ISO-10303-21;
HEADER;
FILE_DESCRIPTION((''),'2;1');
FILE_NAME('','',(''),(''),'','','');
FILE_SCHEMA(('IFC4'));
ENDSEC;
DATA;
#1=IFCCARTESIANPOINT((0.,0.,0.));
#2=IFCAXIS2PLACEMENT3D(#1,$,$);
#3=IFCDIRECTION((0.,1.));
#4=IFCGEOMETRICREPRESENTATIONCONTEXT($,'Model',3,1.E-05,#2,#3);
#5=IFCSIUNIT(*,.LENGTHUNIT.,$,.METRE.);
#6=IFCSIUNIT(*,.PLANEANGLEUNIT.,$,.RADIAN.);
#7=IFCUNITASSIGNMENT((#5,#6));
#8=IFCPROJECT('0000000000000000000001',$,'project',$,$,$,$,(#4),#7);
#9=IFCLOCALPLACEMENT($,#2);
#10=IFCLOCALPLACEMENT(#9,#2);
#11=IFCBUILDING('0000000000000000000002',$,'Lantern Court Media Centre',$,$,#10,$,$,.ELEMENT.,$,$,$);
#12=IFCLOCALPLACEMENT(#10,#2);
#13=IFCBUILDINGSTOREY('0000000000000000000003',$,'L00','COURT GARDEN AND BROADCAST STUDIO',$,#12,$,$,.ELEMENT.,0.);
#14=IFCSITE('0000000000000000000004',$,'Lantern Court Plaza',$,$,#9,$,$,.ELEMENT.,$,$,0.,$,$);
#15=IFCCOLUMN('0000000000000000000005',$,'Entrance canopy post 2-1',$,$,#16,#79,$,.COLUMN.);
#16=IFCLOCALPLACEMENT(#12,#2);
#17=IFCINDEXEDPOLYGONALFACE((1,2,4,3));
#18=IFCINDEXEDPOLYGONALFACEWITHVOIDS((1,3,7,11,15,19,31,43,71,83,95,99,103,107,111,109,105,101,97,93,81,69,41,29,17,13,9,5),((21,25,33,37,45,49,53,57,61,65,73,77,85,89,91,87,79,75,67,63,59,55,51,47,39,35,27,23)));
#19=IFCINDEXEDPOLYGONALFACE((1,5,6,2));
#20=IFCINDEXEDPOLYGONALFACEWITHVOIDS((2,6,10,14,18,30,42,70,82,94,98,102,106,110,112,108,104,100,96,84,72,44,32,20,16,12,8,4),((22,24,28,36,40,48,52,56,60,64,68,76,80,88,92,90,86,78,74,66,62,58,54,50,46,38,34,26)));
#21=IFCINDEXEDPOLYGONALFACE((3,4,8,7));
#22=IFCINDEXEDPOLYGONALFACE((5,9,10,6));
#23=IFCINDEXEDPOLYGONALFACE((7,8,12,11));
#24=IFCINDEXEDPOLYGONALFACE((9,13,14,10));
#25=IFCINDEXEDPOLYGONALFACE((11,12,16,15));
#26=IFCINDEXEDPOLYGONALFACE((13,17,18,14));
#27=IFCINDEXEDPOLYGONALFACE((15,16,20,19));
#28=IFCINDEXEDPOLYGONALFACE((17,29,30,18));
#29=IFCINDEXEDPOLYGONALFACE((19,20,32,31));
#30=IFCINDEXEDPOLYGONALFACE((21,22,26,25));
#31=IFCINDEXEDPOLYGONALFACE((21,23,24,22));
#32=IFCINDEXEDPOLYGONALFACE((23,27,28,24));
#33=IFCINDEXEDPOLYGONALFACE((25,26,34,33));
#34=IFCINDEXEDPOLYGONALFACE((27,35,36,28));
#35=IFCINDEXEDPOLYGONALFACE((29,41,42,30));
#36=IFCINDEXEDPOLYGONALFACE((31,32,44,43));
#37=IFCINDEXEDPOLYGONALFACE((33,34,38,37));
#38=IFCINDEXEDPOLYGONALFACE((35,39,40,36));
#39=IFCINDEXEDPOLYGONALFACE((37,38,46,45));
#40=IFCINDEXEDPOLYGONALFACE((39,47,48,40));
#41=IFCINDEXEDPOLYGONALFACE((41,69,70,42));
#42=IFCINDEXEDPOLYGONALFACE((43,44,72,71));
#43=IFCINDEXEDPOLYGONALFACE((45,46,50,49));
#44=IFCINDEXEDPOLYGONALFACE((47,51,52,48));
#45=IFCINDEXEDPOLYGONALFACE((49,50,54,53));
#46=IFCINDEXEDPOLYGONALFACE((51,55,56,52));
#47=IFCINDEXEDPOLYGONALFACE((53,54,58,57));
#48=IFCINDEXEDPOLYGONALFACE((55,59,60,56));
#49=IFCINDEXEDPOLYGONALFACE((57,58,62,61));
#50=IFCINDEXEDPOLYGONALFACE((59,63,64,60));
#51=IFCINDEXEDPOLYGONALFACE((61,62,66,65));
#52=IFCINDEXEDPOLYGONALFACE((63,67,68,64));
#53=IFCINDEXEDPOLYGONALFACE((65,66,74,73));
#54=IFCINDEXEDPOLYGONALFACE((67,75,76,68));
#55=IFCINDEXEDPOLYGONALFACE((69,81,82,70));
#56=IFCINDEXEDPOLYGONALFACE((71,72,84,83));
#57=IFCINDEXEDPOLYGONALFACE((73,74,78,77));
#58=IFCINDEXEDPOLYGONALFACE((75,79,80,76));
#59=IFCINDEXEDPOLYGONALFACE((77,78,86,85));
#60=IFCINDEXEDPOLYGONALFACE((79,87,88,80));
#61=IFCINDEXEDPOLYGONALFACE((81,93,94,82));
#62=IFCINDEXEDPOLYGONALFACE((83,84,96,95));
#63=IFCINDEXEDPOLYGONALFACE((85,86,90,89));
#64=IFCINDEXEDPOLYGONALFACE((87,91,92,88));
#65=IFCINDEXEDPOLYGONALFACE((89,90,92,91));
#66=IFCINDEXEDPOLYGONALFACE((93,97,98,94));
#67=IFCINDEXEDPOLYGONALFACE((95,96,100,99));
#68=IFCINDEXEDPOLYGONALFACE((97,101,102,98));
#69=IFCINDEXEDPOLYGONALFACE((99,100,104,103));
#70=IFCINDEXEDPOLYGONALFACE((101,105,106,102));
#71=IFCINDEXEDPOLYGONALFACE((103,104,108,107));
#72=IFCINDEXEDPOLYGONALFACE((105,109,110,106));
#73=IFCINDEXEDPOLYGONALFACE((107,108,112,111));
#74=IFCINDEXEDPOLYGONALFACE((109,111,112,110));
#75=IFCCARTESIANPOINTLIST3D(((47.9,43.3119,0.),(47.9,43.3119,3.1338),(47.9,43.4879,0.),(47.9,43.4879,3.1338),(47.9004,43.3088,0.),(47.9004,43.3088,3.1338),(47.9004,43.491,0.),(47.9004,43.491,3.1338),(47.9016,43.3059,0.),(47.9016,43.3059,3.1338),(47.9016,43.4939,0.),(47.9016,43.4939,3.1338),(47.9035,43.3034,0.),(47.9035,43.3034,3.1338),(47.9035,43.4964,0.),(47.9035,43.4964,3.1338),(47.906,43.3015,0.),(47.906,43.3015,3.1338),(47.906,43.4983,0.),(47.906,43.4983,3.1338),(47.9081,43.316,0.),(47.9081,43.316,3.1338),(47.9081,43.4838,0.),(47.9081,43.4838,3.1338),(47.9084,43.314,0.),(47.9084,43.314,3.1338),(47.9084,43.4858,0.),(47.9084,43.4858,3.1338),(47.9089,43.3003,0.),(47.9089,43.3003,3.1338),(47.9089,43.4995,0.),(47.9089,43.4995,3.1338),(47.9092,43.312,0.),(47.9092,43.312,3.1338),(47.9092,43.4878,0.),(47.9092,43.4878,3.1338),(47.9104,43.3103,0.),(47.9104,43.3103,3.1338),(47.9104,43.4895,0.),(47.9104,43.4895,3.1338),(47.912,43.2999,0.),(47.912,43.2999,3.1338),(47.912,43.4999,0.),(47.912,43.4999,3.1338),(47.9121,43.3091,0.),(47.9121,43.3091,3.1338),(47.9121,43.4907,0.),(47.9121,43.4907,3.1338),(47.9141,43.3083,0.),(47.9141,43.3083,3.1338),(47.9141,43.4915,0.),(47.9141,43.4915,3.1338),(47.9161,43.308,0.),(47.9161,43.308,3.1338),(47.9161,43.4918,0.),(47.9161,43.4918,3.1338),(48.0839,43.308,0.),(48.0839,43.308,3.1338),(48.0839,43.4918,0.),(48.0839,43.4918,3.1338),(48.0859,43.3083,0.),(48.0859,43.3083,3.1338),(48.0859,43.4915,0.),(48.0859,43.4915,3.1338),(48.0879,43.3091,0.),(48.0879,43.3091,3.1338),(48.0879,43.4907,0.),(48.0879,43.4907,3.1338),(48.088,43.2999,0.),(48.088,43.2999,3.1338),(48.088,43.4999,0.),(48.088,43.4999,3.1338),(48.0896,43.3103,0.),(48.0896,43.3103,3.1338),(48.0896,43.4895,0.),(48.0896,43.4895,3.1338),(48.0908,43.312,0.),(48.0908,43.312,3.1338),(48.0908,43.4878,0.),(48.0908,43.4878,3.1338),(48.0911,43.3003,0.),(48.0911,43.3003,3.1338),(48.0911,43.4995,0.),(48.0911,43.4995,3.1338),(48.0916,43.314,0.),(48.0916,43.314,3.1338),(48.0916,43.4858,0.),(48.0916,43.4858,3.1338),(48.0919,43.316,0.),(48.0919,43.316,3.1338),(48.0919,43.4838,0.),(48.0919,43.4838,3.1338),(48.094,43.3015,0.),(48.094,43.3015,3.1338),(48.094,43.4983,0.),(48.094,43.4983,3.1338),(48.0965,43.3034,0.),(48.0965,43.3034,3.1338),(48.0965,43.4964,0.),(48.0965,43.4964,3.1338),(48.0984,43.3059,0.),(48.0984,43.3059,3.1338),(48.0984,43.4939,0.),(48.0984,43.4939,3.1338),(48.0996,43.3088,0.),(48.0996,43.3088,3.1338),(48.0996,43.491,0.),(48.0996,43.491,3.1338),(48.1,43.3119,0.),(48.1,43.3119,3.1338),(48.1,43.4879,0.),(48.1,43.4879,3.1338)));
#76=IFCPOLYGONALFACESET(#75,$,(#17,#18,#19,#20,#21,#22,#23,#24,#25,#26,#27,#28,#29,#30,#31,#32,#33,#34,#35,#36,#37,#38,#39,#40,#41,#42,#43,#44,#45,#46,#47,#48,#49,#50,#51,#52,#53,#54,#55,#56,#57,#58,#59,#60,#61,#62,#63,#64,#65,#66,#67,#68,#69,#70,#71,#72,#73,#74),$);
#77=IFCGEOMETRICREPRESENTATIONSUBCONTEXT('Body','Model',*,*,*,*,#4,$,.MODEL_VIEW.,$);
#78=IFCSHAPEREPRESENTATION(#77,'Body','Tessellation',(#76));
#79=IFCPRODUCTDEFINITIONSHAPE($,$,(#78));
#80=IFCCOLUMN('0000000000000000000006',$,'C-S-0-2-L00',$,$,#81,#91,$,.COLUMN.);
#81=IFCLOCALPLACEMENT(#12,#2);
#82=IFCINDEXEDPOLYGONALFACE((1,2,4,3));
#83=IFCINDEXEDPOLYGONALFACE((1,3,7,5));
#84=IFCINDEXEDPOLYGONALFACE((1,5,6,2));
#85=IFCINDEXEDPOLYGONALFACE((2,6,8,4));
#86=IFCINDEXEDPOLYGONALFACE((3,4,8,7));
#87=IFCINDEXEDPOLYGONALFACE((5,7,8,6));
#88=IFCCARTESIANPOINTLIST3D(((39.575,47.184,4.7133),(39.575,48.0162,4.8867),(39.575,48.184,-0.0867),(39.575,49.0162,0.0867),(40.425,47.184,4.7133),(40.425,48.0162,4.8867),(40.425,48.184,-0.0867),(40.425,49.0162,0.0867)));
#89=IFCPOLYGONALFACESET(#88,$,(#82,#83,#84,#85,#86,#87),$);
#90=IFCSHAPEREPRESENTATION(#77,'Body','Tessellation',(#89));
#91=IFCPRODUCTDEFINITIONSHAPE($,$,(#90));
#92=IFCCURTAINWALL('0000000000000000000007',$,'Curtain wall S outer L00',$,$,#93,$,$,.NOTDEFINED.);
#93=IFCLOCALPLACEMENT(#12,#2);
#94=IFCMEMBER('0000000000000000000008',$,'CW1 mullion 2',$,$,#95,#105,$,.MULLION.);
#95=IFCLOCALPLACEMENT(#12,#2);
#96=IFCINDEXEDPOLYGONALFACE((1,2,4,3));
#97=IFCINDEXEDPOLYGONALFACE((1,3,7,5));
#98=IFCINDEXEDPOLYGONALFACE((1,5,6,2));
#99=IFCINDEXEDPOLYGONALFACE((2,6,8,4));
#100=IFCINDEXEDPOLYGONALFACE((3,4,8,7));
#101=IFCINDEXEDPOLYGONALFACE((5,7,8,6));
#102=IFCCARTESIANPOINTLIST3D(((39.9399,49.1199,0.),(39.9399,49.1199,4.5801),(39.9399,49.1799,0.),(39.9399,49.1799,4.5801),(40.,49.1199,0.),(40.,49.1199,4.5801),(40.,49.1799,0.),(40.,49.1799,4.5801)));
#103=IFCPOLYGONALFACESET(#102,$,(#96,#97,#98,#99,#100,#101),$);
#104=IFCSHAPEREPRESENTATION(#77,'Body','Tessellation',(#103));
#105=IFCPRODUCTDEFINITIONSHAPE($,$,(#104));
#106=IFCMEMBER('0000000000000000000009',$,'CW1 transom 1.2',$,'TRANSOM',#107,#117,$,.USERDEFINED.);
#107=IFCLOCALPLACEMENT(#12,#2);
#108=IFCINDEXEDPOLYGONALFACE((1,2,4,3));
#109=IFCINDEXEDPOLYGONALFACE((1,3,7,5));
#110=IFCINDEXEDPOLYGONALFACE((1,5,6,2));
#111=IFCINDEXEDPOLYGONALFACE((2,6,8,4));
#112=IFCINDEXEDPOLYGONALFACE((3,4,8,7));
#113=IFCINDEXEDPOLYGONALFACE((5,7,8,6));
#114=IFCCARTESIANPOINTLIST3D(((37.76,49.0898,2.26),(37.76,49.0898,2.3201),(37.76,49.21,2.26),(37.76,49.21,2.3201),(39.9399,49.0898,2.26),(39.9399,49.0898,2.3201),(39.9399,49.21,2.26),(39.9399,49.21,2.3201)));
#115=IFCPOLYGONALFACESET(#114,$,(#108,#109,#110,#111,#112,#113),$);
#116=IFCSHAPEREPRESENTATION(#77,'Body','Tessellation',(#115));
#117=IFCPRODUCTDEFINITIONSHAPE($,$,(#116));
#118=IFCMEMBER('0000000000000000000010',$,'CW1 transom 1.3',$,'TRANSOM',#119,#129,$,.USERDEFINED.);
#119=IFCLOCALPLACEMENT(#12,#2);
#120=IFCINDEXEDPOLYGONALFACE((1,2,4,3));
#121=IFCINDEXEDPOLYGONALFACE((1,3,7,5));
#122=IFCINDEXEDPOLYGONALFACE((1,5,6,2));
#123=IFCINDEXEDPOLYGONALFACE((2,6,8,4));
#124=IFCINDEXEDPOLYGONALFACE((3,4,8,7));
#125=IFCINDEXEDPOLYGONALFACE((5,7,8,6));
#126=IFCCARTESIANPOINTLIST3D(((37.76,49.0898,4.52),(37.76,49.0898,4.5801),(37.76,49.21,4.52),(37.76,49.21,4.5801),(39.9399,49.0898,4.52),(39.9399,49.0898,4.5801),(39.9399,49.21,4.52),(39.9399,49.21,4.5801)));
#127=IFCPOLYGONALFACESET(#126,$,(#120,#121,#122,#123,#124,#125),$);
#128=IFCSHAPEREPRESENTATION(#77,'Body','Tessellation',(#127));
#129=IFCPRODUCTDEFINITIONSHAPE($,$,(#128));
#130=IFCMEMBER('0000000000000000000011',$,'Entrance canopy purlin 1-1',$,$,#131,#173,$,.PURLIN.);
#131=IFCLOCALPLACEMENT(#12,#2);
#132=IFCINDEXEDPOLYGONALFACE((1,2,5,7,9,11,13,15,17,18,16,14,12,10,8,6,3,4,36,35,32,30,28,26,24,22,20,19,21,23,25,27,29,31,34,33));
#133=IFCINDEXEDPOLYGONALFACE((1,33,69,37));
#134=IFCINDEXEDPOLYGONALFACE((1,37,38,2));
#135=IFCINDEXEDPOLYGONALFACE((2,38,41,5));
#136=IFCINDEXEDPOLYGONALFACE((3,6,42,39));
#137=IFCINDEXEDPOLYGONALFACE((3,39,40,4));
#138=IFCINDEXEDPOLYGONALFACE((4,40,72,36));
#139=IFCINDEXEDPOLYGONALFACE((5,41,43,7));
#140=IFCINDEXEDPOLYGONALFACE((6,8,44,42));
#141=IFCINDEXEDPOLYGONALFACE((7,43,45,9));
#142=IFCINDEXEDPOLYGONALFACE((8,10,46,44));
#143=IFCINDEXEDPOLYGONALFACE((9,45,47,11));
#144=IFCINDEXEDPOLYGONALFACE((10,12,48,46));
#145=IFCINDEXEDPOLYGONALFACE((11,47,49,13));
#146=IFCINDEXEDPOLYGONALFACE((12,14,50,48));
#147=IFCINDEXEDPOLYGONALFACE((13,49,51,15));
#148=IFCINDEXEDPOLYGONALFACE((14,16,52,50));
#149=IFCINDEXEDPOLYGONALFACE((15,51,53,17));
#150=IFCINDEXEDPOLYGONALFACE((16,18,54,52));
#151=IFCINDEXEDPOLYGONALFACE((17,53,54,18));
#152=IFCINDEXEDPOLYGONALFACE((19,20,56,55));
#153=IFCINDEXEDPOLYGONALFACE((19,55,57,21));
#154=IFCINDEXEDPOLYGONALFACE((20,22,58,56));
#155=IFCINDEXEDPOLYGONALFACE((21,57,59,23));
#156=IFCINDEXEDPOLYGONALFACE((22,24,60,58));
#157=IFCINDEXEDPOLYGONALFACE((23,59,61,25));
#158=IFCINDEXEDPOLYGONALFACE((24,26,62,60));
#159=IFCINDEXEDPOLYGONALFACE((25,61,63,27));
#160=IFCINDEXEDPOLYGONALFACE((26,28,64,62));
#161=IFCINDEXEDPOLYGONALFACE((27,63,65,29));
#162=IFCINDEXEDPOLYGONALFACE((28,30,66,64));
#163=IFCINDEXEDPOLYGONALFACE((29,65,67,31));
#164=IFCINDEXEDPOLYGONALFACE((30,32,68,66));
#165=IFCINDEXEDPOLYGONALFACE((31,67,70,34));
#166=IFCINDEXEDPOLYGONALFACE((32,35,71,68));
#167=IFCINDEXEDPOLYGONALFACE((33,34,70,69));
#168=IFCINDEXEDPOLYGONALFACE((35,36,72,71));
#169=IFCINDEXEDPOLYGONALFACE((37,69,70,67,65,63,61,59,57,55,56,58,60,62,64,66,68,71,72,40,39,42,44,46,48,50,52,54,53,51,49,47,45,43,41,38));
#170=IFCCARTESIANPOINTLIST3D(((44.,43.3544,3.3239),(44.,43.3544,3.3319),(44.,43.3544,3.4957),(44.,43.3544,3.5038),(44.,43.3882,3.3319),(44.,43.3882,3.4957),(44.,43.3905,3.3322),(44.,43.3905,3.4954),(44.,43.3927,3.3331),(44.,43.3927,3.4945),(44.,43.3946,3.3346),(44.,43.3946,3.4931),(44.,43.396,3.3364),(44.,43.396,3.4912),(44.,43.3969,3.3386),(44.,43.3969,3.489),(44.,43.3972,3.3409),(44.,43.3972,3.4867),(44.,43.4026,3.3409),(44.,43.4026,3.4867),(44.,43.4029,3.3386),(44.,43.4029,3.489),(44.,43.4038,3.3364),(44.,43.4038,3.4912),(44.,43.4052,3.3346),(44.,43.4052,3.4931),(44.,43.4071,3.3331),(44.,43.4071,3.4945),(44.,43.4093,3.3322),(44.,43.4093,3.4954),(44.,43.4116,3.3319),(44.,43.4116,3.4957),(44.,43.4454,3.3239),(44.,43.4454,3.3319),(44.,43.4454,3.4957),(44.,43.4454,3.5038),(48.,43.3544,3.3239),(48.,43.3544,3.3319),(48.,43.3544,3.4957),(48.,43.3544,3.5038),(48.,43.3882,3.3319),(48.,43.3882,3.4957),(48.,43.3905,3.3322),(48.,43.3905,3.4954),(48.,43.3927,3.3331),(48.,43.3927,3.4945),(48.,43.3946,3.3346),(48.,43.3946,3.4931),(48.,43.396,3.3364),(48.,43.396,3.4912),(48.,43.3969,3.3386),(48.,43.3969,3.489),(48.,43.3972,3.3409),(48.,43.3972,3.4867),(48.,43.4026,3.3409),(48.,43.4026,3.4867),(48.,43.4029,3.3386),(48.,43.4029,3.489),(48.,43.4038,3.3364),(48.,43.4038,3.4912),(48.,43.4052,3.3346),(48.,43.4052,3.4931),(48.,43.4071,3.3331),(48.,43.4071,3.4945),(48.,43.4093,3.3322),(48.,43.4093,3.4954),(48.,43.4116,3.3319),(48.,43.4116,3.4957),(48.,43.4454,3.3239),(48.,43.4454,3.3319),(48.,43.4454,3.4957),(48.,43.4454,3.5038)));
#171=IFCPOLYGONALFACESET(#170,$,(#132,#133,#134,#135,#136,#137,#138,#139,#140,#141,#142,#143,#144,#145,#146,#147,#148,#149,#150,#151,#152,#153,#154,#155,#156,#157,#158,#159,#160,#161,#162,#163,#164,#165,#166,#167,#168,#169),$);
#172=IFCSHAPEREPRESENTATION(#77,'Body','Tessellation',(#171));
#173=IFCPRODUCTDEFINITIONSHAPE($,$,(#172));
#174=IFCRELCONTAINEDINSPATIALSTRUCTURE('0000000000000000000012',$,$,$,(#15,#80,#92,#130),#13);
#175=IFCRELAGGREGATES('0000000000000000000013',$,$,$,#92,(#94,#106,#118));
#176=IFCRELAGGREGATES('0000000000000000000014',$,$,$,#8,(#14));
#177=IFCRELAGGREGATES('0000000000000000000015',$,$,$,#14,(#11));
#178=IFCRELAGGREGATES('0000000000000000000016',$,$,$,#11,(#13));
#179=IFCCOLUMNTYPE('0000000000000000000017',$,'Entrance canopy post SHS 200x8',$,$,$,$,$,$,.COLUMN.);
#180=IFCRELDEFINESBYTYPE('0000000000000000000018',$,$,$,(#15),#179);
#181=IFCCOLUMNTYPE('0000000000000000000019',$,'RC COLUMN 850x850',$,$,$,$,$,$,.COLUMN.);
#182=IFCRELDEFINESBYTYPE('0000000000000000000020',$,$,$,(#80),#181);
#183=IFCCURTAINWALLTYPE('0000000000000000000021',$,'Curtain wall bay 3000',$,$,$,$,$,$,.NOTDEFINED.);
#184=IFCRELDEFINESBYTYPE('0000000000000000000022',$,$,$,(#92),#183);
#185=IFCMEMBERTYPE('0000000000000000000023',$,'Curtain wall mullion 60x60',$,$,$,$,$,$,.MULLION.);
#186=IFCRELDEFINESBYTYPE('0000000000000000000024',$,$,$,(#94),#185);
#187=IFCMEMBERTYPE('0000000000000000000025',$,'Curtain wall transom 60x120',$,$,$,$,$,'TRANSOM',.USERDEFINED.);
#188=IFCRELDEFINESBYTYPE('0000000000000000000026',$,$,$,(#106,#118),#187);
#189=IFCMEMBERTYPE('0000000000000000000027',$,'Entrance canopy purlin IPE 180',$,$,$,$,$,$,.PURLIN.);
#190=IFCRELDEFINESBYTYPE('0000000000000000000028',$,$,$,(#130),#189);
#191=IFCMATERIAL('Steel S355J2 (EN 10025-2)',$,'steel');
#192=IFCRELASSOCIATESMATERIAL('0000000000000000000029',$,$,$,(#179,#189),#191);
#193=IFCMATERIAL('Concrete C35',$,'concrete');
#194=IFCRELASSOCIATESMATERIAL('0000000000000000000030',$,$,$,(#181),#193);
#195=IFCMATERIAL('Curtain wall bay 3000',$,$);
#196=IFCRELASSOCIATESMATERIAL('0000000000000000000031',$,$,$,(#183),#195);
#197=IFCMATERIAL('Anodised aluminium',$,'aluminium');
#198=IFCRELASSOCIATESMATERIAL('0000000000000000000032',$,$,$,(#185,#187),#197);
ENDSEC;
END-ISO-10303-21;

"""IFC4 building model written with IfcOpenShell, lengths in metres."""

from ifc_helpers import new_model, si_unit, direction, frame, origin, origin_2d, place, context, subcontext, project, spatial, rectangle, hollow_rectangle, i_section, extrude, material, material_profile, profile_set, type_object, element, aggregate, save


model = new_model("IFC4")

# Units and contexts
model_context = context("Model", 3, precision=1e-05, world=origin(), true_north=direction((0.0, 1.0)))
body_context = subcontext(model_context, "Body", "Model", "MODEL_VIEW")
ifc_project = project(units=[si_unit("LENGTHUNIT", "METRE"), si_unit("PLANEANGLEUNIT", "RADIAN")], contexts=[model_context])

# Site, building, storey
site_placement = place(None, origin())
site = spatial("IfcSite", under=ifc_project, at=site_placement, Name="Lantern Court Plaza", CompositionType="ELEMENT", RefElevation=0.0)
building_placement = place(site_placement, origin())
building = spatial("IfcBuilding", under=site, at=building_placement, Name="Lantern Court Media Centre", CompositionType="ELEMENT")
storey_placement = place(building_placement, origin())
storey = spatial("IfcBuildingStorey", under=building, at=storey_placement, Name="L00", Description="COURT GARDEN AND BROADCAST STUDIO", CompositionType="ELEMENT", Elevation=0.0)

# Columns
ifc_material_1 = material(Name="Steel S355J2 (EN 10025-2)", Category="steel")
ifc_material_profile_1 = material_profile(ifc_material_1, hollow_rectangle(XDim=0.2, YDim=0.2, WallThickness=0.0081, InnerFilletRadius=0.0081, OuterFilletRadius=0.012, at=origin_2d()), Name="Entrance canopy post SHS 200x8")
ifc_profile_set_1 = profile_set([ifc_material_profile_1], Name="Steel S355J2 (EN 10025-2)")
column_type_1 = type_object("IfcColumnType", Name="Entrance canopy post SHS 200x8", PredefinedType="COLUMN", material=ifc_profile_set_1)
column_1_placement = place(storey_placement, frame((48.0, 43.3999, 0.0), z_axis=(0.0, 0.0, 1.0), x_axis=(1.0, 0.0, 0.0)))
element("IfcColumn", 1, at=column_1_placement, inside=storey, type_object=column_type_1, Name="Entrance canopy post 2-1", PredefinedType="COLUMN", context=body_context, shape_type="SweptSolid", body=[
    extrude(hollow_rectangle(XDim=0.2, YDim=0.2, WallThickness=0.0081, InnerFilletRadius=0.0081, OuterFilletRadius=0.012, at=origin_2d()), origin(), (0.0, 0.0, 1.0), 3.1338),
])
ifc_material_2 = material(Name="Concrete C35", Category="concrete")
ifc_material_profile_2 = material_profile(ifc_material_2, rectangle(XDim=0.8501, YDim=0.8501, at=origin_2d()), Name="RC 850x850")
ifc_profile_set_2 = profile_set([ifc_material_profile_2], Name="Concrete C35")
column_type_2 = type_object("IfcColumnType", Name="RC COLUMN 850x850", PredefinedType="COLUMN", material=ifc_profile_set_2)
column_2_placement = place(storey_placement, frame((40.0, 48.6001, 0.0), z_axis=(0.0, -0.203952, 0.978981), x_axis=(1.0, 0.0, 0.0)))
element("IfcColumn", 2, at=column_2_placement, inside=storey, type_object=column_type_2, Name="C-S-0-2-L00", PredefinedType="COLUMN", context=body_context, shape_type="SweptSolid", body=[
    extrude(rectangle(XDim=0.8501, YDim=0.8501, at=origin_2d()), origin(), (0.0, 0.0, 1.0), 4.9031),
])

# Curtain wall, members
ifc_material_3 = material(Name="Curtain wall bay 3000")
curtain_wall_type = type_object("IfcCurtainWallType", Name="Curtain wall bay 3000", PredefinedType="NOTDEFINED", material=ifc_material_3)
curtain_wall_placement = place(storey_placement, origin())
curtain_wall = element("IfcCurtainWall", 3, at=curtain_wall_placement, inside=storey, type_object=curtain_wall_type, Name="Curtain wall S outer L00", PredefinedType="NOTDEFINED")
ifc_material_4 = material(Name="Anodised aluminium", Category="aluminium")
ifc_material_profile_3 = material_profile(ifc_material_4, rectangle(XDim=0.0601, YDim=0.0601, at=origin_2d()), Name="AL 60x60")
ifc_profile_set_3 = profile_set([ifc_material_profile_3], Name="Anodised aluminium")
member_type_1 = type_object("IfcMemberType", Name="Curtain wall mullion 60x60", PredefinedType="MULLION", material=ifc_profile_set_3)
member_1_placement = place(storey_placement, frame((39.97, 49.1499, 0.0), z_axis=(0.0, 0.0, 1.0), x_axis=(0.0, 1.0, 0.0)))
member_1 = element("IfcMember", 4, at=member_1_placement, type_object=member_type_1, Name="CW1 mullion 2", PredefinedType="MULLION", context=body_context, shape_type="SweptSolid", body=[
    extrude(rectangle(XDim=0.0601, YDim=0.0601, at=origin_2d()), origin(), (0.0, 0.0, 1.0), 4.5801),
])
ifc_material_profile_4 = material_profile(ifc_material_4, rectangle(XDim=0.1201, YDim=0.0601, at=origin_2d()), Name="AL 60x120")
ifc_profile_set_4 = profile_set([ifc_material_profile_4], Name="Anodised aluminium")
member_type_2 = type_object("IfcMemberType", Name="Curtain wall transom 60x120", ElementType="TRANSOM", PredefinedType="USERDEFINED", material=ifc_profile_set_4)
member_2_placement = place(storey_placement, frame((37.76, 49.1499, 2.29), z_axis=(1.0, 0.0, 0.0), x_axis=(0.0, 1.0, 0.0)))
member_2 = element("IfcMember", 5, at=member_2_placement, type_object=member_type_2, Name="CW1 transom 1.2", ObjectType="TRANSOM", PredefinedType="USERDEFINED", context=body_context, shape_type="SweptSolid", body=[
    extrude(rectangle(XDim=0.1201, YDim=0.0601, at=origin_2d()), origin(), (0.0, 0.0, 1.0), 2.1799),
])
member_3_placement = place(storey_placement, frame((37.76, 49.1499, 4.55), z_axis=(1.0, 0.0, 0.0), x_axis=(0.0, 1.0, 0.0)))
member_3 = element("IfcMember", 6, at=member_3_placement, type_object=member_type_2, Name="CW1 transom 1.3", ObjectType="TRANSOM", PredefinedType="USERDEFINED", context=body_context, shape_type="SweptSolid", body=[
    extrude(rectangle(XDim=0.1201, YDim=0.0601, at=origin_2d()), origin(), (0.0, 0.0, 1.0), 2.1799),
])

# Member
ifc_material_profile_5 = material_profile(ifc_material_1, i_section(OverallWidth=0.0911, OverallDepth=0.1799, WebThickness=0.0054, FlangeThickness=0.0081, FilletRadius=0.009, at=origin_2d()), Name="IPE 180")
ifc_profile_set_5 = profile_set([ifc_material_profile_5], Name="Steel S355J2 (EN 10025-2)")
member_type_3 = type_object("IfcMemberType", Name="Entrance canopy purlin IPE 180", PredefinedType="PURLIN", material=ifc_profile_set_5)
for number, where, z_axis, x_axis, name in (
    (7, (44.0, 43.3999, 3.4138), (1.0, 0.0, 0.0), (0.0, 1.0, 0.0), "Entrance canopy purlin 1-1"),
):
    element("IfcMember", number, at=place(storey_placement, frame(where, z_axis=z_axis, x_axis=x_axis)), inside=storey, type_object=member_type_3, Name=name, PredefinedType="PURLIN", context=body_context, shape_type="SweptSolid", body=[
        extrude(i_section(OverallWidth=0.0911, OverallDepth=0.1799, WebThickness=0.0054, FlangeThickness=0.0081, FilletRadius=0.009, at=origin_2d()), origin(), (0.0, 0.0, 1.0), 4.0),
    ])

aggregate(curtain_wall, [member_1, member_2, member_3])

save(model, "model.ifc")
